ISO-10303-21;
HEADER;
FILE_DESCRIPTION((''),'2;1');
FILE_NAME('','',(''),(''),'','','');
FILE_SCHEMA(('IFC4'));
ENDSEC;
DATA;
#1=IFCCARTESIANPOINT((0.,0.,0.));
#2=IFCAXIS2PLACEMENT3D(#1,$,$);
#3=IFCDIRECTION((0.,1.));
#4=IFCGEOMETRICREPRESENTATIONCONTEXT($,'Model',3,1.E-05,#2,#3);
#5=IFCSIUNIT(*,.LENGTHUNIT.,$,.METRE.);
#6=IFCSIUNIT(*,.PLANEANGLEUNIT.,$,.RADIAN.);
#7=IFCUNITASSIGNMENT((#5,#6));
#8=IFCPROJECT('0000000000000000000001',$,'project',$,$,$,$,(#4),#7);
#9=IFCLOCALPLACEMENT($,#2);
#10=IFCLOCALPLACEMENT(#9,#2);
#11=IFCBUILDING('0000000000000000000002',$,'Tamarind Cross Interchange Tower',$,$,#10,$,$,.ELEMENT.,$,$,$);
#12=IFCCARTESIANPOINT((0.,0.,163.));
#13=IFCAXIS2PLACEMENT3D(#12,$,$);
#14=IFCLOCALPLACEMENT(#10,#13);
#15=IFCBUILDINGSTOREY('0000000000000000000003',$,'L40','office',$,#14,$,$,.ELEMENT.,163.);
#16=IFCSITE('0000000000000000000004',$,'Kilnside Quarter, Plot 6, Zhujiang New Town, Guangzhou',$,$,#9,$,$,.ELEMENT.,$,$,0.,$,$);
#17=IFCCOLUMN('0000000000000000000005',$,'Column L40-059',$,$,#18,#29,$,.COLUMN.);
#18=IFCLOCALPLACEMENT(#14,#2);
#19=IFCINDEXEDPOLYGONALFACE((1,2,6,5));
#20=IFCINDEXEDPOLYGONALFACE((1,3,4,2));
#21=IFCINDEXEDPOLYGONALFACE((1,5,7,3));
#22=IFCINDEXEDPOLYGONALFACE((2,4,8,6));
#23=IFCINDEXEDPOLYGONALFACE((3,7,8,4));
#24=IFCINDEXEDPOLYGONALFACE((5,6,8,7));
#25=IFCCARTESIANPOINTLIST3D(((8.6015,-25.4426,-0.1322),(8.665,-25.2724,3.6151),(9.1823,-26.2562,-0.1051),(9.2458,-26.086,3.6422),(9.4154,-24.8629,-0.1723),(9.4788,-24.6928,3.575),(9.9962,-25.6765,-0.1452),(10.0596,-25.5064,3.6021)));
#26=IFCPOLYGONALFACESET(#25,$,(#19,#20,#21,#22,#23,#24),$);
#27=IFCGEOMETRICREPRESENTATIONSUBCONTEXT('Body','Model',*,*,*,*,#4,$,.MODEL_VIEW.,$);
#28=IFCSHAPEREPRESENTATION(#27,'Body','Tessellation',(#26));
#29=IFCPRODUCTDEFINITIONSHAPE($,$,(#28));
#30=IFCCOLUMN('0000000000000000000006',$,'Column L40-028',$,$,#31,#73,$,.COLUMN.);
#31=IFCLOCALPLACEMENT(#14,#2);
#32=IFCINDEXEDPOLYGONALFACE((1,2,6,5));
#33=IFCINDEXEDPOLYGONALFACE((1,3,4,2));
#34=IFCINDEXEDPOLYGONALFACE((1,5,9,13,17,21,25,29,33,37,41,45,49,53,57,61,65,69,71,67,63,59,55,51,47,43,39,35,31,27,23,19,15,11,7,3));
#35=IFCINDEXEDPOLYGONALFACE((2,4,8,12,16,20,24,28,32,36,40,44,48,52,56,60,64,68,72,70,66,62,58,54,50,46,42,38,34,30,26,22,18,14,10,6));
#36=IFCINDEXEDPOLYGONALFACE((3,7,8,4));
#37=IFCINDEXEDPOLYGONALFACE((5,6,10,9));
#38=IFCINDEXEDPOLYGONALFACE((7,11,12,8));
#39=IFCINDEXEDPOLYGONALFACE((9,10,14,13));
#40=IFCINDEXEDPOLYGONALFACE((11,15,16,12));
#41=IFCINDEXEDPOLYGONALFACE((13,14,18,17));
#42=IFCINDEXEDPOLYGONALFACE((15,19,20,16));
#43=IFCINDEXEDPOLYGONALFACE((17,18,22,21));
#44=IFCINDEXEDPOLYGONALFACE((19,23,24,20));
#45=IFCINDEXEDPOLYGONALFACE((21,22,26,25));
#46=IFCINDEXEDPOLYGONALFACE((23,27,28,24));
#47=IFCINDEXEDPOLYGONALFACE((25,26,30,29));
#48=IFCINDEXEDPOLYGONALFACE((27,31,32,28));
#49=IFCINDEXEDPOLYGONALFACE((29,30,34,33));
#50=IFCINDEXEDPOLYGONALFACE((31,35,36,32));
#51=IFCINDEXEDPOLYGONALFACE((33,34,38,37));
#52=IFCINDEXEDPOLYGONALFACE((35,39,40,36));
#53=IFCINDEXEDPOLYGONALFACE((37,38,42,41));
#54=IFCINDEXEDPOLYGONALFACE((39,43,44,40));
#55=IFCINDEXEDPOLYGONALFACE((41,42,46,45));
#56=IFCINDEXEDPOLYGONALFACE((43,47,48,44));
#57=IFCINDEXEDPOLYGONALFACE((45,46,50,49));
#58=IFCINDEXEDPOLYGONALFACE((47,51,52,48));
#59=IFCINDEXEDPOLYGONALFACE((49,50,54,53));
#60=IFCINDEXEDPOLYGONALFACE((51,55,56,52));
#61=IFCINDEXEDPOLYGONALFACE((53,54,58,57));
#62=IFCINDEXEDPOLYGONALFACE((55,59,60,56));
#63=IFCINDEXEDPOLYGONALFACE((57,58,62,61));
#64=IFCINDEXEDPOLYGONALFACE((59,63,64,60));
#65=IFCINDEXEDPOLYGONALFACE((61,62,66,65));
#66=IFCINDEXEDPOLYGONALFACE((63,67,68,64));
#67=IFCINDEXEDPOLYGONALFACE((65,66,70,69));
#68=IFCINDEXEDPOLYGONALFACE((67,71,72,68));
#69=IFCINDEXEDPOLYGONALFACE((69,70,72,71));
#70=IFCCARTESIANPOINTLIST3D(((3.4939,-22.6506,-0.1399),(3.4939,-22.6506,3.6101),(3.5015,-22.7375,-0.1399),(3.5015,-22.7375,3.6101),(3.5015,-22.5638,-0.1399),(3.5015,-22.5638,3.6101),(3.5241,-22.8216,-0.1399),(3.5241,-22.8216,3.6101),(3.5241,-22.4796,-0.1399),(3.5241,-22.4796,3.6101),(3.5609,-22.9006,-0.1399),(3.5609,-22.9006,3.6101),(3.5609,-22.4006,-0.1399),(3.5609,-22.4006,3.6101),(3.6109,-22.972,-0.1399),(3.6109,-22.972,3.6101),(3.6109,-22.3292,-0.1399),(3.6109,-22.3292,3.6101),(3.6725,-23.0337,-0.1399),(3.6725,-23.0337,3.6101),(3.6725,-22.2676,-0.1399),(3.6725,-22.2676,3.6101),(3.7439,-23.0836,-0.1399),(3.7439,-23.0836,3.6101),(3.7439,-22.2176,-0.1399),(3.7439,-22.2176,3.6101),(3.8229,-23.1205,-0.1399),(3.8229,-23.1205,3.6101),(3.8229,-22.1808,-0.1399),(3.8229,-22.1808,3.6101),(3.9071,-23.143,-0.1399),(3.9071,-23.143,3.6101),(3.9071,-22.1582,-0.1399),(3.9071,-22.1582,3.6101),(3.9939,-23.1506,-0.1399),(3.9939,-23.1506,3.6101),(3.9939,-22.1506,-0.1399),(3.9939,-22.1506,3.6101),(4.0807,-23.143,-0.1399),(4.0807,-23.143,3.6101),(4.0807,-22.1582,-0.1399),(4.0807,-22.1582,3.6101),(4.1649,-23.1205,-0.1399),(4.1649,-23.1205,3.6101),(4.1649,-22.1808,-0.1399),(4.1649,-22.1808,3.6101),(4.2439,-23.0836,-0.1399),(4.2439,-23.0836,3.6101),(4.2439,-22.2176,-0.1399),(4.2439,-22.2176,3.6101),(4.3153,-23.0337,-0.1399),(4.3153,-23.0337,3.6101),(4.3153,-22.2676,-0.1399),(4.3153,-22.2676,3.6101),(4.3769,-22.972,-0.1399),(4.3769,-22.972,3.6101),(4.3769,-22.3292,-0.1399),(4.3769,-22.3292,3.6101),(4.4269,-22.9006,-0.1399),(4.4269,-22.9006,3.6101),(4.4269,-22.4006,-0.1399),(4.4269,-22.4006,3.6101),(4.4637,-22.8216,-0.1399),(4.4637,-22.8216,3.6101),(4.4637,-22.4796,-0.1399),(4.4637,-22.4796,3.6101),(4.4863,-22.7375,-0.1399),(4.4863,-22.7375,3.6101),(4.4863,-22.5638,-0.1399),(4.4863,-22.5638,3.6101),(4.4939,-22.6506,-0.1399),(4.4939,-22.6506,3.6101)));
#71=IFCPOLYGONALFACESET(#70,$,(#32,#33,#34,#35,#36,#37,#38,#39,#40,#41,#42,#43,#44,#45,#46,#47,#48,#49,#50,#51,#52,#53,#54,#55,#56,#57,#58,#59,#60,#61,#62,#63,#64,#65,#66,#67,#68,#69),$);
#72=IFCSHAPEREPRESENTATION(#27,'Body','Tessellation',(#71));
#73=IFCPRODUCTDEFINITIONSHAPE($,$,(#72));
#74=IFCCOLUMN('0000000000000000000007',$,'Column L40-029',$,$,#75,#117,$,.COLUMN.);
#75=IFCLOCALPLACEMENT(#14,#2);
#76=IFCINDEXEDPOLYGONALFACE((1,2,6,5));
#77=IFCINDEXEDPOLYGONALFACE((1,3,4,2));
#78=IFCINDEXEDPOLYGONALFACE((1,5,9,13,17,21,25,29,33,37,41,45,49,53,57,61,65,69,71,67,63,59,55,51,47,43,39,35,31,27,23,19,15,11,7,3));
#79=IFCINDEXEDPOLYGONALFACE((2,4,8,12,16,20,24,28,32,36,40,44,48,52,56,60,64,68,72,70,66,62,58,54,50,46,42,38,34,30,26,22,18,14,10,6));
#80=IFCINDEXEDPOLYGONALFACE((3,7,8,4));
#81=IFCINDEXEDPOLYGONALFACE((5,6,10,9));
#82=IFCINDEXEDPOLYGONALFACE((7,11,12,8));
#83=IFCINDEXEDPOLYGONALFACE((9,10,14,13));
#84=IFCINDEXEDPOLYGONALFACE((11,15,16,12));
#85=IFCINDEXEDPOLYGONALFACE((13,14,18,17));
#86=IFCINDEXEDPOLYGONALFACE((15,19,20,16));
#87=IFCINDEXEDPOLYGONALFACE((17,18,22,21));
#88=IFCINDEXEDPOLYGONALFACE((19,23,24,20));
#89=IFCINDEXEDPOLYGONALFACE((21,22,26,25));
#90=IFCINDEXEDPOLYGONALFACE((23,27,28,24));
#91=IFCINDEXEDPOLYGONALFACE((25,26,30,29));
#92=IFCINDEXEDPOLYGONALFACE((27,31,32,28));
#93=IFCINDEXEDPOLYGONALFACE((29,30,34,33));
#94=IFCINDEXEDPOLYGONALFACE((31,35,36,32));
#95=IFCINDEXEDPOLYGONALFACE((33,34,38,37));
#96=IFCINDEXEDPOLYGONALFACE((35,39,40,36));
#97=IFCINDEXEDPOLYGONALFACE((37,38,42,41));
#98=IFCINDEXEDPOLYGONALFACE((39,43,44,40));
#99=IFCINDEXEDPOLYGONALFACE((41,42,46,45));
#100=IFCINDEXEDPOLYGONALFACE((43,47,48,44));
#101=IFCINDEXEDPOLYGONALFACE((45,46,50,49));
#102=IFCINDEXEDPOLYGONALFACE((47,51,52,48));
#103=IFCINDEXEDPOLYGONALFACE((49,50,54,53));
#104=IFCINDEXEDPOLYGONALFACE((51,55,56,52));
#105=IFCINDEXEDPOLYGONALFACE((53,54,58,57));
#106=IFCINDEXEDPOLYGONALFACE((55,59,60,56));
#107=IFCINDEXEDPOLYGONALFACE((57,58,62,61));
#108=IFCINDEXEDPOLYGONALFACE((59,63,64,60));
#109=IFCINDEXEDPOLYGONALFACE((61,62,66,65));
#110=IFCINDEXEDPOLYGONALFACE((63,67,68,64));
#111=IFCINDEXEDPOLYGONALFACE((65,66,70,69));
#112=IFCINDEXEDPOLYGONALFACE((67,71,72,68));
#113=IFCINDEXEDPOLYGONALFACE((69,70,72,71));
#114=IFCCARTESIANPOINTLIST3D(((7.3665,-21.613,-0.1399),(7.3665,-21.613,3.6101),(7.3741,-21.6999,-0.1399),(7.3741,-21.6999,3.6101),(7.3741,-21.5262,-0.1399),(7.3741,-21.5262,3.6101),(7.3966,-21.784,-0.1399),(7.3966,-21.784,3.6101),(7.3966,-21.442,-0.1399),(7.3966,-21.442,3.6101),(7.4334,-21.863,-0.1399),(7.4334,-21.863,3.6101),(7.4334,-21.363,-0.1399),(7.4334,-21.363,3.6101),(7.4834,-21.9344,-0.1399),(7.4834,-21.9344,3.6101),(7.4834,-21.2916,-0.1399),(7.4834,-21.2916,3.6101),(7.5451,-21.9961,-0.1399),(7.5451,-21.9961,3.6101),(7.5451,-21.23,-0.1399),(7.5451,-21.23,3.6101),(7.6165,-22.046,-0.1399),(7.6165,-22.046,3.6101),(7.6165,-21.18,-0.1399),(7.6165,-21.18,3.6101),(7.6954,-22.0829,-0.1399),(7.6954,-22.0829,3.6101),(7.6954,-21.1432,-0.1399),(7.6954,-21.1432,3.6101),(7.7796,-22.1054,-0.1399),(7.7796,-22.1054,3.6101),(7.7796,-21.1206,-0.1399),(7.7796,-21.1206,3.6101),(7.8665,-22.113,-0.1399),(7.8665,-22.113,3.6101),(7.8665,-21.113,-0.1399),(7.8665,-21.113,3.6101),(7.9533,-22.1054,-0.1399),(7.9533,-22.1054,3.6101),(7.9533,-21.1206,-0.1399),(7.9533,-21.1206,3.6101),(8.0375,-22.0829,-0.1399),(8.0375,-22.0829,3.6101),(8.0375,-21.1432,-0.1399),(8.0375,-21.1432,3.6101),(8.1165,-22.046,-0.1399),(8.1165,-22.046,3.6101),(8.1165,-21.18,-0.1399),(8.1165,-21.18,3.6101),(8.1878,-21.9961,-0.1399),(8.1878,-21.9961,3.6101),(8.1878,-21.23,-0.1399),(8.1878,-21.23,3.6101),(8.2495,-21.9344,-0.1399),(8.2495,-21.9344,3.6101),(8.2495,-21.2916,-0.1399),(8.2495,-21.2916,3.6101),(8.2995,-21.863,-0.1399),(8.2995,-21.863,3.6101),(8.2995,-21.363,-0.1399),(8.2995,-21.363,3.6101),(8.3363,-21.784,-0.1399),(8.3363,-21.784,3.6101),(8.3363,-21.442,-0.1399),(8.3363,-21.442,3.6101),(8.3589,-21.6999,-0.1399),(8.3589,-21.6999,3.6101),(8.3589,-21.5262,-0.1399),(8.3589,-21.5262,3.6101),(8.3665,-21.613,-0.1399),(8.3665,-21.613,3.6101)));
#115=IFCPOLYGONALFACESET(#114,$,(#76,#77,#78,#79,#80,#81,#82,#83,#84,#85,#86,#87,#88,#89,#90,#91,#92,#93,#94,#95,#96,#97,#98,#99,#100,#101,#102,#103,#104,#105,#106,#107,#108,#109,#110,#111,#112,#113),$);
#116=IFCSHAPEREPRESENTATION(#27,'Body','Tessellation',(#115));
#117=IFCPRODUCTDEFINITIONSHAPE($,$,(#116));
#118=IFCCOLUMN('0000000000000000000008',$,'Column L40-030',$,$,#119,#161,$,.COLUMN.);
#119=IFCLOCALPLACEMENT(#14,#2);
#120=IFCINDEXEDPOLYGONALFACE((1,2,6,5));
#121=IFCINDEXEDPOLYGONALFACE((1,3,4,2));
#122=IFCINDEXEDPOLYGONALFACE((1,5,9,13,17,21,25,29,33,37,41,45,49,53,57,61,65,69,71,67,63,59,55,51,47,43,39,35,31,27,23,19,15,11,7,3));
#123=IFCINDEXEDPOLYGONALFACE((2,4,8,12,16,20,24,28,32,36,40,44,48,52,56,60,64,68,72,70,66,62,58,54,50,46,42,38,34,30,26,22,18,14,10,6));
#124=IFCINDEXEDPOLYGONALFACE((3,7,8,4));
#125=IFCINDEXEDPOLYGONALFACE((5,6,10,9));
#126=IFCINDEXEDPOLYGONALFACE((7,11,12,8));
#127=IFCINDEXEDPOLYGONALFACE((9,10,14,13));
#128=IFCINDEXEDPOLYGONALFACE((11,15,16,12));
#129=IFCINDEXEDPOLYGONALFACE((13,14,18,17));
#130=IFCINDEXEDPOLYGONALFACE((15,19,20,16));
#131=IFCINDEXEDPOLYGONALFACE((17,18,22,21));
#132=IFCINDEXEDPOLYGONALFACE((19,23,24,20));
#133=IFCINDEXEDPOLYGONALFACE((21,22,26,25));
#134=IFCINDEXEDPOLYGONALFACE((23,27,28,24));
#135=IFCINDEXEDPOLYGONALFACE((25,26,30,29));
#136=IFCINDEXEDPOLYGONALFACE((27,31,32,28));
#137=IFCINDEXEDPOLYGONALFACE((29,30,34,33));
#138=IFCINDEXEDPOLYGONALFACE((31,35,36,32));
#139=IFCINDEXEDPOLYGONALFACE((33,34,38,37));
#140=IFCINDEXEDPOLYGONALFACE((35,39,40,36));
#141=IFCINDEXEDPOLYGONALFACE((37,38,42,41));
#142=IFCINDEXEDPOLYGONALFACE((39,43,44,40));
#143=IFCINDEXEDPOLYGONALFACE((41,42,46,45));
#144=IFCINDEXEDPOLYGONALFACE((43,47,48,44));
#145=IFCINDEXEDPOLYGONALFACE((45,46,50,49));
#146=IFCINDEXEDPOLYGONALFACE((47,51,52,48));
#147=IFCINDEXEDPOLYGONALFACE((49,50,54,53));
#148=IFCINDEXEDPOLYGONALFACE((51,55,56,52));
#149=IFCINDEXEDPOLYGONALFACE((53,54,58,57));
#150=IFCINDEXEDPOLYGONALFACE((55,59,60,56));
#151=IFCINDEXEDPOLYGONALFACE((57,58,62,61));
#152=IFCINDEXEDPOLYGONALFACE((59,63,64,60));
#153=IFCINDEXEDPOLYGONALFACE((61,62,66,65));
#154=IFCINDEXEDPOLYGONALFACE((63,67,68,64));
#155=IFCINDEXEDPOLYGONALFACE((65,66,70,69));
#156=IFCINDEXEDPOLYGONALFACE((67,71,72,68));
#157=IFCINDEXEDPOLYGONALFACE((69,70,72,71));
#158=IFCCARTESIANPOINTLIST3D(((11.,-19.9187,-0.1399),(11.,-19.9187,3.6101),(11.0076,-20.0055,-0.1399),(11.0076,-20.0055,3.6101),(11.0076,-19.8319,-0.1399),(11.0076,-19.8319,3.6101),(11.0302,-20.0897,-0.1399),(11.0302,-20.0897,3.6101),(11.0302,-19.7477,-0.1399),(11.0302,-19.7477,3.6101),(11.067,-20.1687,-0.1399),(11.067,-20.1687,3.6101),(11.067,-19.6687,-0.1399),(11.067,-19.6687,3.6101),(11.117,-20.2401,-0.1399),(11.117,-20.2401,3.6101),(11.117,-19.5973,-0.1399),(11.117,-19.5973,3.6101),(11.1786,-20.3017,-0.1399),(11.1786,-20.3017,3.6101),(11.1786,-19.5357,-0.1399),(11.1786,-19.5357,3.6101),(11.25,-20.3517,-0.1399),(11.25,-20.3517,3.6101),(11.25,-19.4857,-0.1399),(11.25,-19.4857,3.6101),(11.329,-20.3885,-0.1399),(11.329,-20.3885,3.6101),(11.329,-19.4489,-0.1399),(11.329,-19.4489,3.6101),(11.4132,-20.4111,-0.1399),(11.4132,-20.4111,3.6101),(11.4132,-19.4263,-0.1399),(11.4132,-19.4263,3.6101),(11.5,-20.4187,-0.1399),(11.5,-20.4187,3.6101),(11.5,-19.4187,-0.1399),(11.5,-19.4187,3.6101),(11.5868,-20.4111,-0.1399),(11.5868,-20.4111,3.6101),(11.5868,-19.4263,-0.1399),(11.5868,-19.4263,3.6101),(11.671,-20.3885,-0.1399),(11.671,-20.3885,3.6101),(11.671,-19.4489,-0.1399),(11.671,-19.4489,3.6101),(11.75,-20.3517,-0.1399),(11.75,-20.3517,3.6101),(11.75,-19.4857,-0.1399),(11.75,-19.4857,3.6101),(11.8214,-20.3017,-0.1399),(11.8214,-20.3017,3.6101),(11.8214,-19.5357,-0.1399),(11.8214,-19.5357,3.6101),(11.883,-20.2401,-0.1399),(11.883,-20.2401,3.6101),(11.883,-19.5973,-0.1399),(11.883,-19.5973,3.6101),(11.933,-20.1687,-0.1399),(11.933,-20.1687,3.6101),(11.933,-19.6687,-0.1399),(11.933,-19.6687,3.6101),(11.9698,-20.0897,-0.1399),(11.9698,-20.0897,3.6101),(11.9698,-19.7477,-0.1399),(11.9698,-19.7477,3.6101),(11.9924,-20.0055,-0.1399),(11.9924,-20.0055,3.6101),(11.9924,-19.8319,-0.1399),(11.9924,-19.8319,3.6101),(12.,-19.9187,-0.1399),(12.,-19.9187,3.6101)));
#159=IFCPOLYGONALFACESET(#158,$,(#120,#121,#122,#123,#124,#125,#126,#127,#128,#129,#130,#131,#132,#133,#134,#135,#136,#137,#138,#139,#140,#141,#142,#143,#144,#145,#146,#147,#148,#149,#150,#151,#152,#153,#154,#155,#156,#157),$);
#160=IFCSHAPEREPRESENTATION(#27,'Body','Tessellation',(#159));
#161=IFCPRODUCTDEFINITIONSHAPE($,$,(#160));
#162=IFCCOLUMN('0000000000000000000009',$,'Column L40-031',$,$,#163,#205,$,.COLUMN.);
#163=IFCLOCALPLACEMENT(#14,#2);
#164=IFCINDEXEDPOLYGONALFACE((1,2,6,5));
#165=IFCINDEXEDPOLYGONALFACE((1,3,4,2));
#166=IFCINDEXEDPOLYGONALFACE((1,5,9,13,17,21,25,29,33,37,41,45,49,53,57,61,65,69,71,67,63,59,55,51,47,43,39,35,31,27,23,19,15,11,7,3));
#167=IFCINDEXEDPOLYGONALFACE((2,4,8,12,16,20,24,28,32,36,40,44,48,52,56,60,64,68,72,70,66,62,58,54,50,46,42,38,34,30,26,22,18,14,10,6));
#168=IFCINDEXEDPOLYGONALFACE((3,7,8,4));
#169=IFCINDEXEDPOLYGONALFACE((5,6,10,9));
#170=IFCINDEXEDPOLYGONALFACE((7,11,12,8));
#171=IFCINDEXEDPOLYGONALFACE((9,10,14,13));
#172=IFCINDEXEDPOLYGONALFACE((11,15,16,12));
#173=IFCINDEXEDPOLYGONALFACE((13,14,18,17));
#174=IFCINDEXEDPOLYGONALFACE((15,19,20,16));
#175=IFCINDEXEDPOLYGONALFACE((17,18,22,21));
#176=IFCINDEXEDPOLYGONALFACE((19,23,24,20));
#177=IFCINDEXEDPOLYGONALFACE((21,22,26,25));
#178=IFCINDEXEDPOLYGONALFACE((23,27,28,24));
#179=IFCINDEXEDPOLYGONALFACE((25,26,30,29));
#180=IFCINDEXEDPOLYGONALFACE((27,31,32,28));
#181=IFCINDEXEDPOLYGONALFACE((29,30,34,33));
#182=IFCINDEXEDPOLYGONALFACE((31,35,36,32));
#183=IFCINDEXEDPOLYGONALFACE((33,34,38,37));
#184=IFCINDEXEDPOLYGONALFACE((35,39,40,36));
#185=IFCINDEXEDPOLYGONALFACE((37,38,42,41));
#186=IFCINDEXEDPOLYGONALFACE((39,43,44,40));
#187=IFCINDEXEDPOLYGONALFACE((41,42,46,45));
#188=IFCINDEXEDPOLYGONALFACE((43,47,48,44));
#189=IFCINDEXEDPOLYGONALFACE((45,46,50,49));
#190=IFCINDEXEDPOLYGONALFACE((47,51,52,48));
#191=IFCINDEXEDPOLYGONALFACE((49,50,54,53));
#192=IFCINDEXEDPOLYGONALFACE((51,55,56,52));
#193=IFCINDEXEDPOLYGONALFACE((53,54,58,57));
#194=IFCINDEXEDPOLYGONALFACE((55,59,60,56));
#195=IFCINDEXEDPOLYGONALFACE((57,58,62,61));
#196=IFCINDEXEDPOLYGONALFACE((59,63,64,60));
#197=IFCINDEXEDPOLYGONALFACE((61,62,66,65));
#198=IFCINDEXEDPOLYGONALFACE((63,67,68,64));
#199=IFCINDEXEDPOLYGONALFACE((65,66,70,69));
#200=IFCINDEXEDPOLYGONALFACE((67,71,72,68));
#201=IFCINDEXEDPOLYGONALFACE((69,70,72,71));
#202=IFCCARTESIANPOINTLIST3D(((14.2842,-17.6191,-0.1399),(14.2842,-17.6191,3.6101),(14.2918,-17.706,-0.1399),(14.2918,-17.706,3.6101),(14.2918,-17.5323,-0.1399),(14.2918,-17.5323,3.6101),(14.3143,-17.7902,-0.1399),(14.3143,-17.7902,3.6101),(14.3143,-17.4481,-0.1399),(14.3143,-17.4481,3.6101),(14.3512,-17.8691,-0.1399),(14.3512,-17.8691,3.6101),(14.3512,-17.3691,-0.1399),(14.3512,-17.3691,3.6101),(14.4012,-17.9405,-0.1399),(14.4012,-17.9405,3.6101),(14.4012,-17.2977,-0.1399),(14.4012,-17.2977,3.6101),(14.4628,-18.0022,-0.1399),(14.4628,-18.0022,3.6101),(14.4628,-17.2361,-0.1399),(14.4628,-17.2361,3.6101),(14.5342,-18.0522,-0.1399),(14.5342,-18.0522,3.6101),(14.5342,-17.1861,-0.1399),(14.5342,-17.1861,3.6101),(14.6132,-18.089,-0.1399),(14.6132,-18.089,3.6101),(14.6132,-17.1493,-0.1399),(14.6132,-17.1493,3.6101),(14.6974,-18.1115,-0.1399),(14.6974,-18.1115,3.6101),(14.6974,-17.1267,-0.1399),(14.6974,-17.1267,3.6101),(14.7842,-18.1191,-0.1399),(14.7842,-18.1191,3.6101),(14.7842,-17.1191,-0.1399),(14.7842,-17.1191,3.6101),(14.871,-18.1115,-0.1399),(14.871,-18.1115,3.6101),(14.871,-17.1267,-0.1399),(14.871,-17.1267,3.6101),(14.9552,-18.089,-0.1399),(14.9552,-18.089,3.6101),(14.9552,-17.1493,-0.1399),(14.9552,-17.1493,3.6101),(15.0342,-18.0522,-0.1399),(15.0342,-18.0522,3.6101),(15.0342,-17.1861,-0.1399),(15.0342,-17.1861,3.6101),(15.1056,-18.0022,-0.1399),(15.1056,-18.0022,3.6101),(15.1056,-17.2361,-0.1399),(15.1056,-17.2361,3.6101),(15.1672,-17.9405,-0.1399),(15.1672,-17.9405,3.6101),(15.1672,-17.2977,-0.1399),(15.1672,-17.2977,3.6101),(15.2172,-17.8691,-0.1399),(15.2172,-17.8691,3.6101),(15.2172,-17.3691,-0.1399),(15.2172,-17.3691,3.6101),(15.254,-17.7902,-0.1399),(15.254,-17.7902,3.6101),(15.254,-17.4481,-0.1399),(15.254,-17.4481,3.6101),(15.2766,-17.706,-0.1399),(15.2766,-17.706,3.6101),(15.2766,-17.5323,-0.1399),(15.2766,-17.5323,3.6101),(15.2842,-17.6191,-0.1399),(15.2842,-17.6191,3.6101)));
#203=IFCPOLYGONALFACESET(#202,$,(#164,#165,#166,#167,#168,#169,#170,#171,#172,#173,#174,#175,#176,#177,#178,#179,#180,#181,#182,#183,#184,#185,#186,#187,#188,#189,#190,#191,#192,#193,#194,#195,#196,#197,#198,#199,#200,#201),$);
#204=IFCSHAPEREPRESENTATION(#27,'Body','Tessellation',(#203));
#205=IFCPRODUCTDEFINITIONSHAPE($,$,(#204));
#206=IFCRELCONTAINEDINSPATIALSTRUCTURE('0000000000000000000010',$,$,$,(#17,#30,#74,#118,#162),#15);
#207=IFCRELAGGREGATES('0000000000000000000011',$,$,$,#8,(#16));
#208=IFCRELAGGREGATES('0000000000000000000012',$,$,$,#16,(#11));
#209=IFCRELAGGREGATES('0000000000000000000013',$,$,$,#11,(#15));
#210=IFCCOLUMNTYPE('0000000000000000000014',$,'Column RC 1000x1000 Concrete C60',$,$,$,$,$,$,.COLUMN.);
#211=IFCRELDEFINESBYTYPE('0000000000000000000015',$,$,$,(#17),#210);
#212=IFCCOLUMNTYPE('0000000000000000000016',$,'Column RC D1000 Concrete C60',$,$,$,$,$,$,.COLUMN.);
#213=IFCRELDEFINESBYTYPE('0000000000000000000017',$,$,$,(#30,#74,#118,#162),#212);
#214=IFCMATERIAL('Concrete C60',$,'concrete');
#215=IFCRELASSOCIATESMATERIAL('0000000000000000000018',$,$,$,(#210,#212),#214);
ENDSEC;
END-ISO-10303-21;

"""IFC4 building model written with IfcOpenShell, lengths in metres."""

from ifc_helpers import new_model, si_unit, direction, frame, origin, origin_2d, place, context, subcontext, project, spatial, rectangle, circle, extrude, material, material_profile, profile_set, type_object, element, save


model = new_model("IFC4")

# Units and contexts
model_context = context("Model", 3, precision=1e-05, world=origin(), true_north=direction((0.0, 1.0)))
body_context = subcontext(model_context, "Body", "Model", "MODEL_VIEW")
ifc_project = project(units=[si_unit("LENGTHUNIT", "METRE"), si_unit("PLANEANGLEUNIT", "RADIAN")], contexts=[model_context])

# Site, building, storey
site_placement = place(None, origin())
site = spatial("IfcSite", under=ifc_project, at=site_placement, Name="Kilnside Quarter, Plot 6, Zhujiang New Town, Guangzhou", CompositionType="ELEMENT", RefElevation=0.0)
building_placement = place(site_placement, origin())
building = spatial("IfcBuilding", under=site, at=building_placement, Name="Tamarind Cross Interchange Tower", CompositionType="ELEMENT")
storey_placement = place(building_placement, frame((0.0, 0.0, 163.0)))
storey = spatial("IfcBuildingStorey", under=building, at=storey_placement, Name="L40", Description="office", CompositionType="ELEMENT", Elevation=163.0)

# Columns
ifc_material_1 = material(Name="Concrete C60", Category="concrete")
ifc_material_profile_1 = material_profile(ifc_material_1, rectangle(XDim=1.0, YDim=1.0, at=origin_2d()), Name="RC 1000x1000")
ifc_profile_set_1 = profile_set([ifc_material_profile_1], Name="Concrete C60")
column_type_1 = type_object("IfcColumnType", Name="Column RC 1000x1000 Concrete C60", PredefinedType="COLUMN", material=ifc_profile_set_1)
column_placement = place(storey_placement, frame((9.2988, -25.5596, -0.1387), z_axis=(0.016919, 0.045357, 0.998828), x_axis=(-0.813875, -0.579654, 0.040109)))
element("IfcColumn", 1, at=column_placement, inside=storey, type_object=column_type_1, Name="Column L40-059", PredefinedType="COLUMN", context=body_context, shape_type="SweptSolid", body=[
    extrude(rectangle(XDim=1.0, YDim=1.0, at=origin_2d()), origin(), (0.0, 0.0, 1.0), 3.7517),
])
ifc_material_profile_2 = material_profile(ifc_material_1, circle(Radius=0.5, at=origin_2d()), Name="RC D1000")
ifc_profile_set_2 = profile_set([ifc_material_profile_2], Name="Concrete C60")
column_type_2 = type_object("IfcColumnType", Name="Column RC D1000 Concrete C60", PredefinedType="COLUMN", material=ifc_profile_set_2)
for number, where, z_axis, x_axis, name in (
    (2, (3.9939, -22.6506, -0.1399), (0.0, 0.0, 1.0), (1.0, 0.0, 0.0), "Column L40-028"),
    (3, (7.8665, -21.613, -0.1399), (0.0, 0.0, 1.0), (1.0, 0.0, 0.0), "Column L40-029"),
    (4, (11.5, -19.9187, -0.1399), (0.0, 0.0, 1.0), (1.0, 0.0, 0.0), "Column L40-030"),
    (5, (14.7842, -17.6191, -0.1399), (0.0, 0.0, 1.0), (1.0, 0.0, 0.0), "Column L40-031"),
):
    element("IfcColumn", number, at=place(storey_placement, frame(where, z_axis=z_axis, x_axis=x_axis)), inside=storey, type_object=column_type_2, Name=name, PredefinedType="COLUMN", context=body_context, shape_type="SweptSolid", body=[
        extrude(circle(Radius=0.5, at=origin_2d()), origin(), (0.0, 0.0, 1.0), 3.75),
    ])

save(model, "model.ifc")
